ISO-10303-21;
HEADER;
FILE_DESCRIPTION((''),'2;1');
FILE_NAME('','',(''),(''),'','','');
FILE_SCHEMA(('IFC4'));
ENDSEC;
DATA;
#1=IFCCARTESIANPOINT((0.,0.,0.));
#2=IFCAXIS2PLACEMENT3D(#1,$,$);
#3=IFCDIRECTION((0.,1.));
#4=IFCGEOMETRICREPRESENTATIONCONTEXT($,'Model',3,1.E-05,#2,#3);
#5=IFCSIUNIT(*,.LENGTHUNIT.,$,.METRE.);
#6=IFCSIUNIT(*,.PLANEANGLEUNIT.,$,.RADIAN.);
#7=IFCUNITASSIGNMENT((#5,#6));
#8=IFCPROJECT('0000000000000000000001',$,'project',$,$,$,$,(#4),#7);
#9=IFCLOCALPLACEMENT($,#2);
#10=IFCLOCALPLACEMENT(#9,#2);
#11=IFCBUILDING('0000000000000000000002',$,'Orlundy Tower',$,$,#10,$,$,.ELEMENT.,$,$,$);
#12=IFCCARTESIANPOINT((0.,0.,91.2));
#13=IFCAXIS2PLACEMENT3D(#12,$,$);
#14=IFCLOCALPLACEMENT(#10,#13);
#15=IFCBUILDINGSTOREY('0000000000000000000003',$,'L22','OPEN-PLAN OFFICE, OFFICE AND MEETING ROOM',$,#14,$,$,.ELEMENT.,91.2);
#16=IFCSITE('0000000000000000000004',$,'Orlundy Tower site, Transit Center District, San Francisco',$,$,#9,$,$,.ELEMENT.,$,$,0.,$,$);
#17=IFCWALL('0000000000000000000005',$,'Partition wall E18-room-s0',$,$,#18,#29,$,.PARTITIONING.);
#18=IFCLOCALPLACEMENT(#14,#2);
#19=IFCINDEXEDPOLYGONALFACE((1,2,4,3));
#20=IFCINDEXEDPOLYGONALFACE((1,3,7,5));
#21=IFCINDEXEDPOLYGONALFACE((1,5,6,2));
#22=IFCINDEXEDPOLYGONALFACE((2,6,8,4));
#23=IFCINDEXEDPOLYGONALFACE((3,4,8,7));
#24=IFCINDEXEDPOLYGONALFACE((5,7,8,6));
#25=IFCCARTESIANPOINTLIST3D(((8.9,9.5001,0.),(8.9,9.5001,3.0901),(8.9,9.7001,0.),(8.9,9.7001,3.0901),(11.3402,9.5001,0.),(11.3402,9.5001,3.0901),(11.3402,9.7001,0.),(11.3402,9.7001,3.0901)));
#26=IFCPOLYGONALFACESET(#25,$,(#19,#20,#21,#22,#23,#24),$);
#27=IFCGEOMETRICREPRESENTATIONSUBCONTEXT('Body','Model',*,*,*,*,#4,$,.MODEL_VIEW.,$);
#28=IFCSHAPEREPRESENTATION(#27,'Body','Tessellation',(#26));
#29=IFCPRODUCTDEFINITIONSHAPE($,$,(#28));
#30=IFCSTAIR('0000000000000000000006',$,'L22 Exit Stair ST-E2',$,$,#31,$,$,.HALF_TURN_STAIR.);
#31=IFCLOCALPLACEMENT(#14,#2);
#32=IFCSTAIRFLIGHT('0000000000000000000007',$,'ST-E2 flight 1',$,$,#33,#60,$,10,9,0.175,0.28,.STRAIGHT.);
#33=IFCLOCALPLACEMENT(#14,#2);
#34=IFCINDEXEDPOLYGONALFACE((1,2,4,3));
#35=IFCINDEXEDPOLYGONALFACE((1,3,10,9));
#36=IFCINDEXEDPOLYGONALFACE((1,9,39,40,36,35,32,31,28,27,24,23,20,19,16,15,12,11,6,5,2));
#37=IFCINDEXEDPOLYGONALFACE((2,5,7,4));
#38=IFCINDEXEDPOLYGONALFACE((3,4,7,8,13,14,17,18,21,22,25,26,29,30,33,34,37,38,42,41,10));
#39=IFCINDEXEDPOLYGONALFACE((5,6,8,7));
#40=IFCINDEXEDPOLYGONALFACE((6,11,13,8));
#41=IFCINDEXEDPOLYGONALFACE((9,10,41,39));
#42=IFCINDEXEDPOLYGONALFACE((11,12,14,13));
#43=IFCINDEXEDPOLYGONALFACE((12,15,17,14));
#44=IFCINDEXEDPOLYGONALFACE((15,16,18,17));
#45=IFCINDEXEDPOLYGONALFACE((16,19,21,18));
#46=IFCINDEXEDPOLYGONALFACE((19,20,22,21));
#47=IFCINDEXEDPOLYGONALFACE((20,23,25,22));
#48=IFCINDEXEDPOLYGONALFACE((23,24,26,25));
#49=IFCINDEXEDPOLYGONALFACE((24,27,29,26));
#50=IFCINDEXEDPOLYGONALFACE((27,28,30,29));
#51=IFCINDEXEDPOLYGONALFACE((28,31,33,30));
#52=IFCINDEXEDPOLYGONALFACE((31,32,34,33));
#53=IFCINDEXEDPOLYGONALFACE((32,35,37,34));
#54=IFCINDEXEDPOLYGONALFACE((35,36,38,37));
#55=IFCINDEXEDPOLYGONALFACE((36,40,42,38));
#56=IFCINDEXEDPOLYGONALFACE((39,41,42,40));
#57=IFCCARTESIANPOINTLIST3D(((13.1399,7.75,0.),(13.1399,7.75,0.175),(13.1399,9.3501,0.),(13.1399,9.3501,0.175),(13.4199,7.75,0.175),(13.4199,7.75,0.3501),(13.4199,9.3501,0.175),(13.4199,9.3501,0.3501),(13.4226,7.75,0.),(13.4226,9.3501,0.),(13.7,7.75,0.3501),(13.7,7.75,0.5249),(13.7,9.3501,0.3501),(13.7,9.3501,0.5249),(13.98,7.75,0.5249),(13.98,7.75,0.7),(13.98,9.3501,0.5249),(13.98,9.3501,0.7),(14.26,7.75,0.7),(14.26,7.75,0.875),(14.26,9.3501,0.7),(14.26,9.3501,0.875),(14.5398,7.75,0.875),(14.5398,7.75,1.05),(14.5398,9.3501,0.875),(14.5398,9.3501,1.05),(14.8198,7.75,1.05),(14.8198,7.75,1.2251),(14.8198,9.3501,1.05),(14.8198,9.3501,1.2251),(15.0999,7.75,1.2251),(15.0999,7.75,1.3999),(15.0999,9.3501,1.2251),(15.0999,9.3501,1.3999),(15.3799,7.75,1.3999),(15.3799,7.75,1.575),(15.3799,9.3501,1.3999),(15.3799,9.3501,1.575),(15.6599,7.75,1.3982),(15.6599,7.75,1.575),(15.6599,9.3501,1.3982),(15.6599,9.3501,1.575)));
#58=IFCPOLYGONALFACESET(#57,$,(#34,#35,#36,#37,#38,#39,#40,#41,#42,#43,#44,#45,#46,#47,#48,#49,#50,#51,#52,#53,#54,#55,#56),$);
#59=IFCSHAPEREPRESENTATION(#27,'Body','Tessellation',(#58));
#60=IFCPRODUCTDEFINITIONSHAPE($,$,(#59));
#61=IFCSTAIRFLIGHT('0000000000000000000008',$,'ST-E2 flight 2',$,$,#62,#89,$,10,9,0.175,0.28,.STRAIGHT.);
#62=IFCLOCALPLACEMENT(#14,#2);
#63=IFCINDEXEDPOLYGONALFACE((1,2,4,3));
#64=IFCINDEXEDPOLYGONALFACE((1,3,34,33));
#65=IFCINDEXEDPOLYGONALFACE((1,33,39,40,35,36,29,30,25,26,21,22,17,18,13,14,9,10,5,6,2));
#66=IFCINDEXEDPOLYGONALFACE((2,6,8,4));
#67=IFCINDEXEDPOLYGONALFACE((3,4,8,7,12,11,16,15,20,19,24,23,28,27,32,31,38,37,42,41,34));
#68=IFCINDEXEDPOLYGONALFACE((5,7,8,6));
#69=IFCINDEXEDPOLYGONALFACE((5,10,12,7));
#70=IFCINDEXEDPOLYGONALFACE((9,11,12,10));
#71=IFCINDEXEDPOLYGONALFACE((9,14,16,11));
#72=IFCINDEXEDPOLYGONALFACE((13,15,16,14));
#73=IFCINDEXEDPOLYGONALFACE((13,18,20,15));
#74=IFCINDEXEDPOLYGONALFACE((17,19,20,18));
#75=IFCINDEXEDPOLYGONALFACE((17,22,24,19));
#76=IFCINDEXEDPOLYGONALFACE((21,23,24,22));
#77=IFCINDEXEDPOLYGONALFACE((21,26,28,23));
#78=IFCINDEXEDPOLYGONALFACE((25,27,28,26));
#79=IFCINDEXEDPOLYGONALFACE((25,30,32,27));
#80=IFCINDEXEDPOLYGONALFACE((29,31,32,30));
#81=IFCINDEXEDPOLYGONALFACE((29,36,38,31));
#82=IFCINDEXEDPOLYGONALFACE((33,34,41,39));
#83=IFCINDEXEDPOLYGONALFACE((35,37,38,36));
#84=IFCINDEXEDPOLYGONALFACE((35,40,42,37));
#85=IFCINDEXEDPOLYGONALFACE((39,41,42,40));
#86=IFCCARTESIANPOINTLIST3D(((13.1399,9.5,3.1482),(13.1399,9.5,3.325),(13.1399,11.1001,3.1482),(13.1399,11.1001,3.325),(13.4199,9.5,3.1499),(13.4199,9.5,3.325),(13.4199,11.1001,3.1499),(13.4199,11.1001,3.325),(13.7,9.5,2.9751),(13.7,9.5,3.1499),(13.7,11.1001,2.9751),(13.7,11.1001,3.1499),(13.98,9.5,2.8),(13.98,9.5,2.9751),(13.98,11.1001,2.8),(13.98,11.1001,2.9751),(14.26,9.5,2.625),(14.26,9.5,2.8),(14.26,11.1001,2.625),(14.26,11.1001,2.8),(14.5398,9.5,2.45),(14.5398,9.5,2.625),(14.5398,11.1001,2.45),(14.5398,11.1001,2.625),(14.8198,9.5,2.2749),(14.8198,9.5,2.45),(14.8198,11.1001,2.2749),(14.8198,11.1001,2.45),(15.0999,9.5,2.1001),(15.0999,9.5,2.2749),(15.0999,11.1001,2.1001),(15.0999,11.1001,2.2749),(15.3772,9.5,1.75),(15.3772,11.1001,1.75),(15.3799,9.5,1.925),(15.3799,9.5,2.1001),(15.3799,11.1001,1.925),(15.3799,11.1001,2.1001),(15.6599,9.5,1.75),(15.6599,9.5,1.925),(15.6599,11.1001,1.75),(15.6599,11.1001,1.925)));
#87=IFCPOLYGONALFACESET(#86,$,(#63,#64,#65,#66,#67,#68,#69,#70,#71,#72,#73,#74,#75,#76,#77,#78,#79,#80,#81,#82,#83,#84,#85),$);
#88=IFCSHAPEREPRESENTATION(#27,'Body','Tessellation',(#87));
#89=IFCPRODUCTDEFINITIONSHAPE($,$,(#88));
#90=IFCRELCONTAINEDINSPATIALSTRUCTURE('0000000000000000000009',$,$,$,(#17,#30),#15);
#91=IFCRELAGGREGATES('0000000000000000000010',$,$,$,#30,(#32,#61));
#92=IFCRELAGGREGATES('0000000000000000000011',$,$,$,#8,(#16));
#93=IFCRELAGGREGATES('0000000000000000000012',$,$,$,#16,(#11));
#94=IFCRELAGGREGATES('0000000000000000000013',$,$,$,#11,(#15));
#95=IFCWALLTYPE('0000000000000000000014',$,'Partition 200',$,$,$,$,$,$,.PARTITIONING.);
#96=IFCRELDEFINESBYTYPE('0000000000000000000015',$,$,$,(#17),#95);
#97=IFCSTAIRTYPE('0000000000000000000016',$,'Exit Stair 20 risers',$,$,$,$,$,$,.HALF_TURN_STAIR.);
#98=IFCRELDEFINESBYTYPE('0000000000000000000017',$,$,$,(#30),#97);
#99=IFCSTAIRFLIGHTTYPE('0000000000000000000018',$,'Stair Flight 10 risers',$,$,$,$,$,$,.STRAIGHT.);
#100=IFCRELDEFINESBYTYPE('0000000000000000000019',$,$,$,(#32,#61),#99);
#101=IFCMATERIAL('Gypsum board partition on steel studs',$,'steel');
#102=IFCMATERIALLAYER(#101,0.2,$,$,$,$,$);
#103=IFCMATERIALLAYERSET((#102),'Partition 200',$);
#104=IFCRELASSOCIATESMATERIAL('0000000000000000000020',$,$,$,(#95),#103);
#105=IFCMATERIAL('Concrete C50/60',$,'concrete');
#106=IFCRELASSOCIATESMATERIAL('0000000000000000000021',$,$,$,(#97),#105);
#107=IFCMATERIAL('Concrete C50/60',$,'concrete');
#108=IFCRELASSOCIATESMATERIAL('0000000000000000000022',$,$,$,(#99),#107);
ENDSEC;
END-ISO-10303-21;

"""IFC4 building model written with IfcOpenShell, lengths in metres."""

from ifc_helpers import new_model, si_unit, direction, frame, frame_2d, origin, place, context, subcontext, project, spatial, polyline, rectangle, outline, extrude, material, layer, layer_set, type_object, element, aggregate, save


model = new_model("IFC4")

# Units and contexts
model_context = context("Model", 3, precision=1e-05, world=origin(), true_north=direction((0.0, 1.0)))
body_context = subcontext(model_context, "Body", "Model", "MODEL_VIEW")
ifc_project = project(units=[si_unit("LENGTHUNIT", "METRE"), si_unit("PLANEANGLEUNIT", "RADIAN")], contexts=[model_context])

# Site, building, storey
site_placement = place(None, origin())
site = spatial("IfcSite", under=ifc_project, at=site_placement, Name="Orlundy Tower site, Transit Center District, San Francisco", CompositionType="ELEMENT", RefElevation=0.0)
building_placement = place(site_placement, origin())
building = spatial("IfcBuilding", under=site, at=building_placement, Name="Orlundy Tower", CompositionType="ELEMENT")
storey_placement = place(building_placement, frame((0.0, 0.0, 91.2)))
storey = spatial("IfcBuildingStorey", under=building, at=storey_placement, Name="L22", Description="OPEN-PLAN OFFICE, OFFICE AND MEETING ROOM", CompositionType="ELEMENT", Elevation=91.2)

# Wall
ifc_material_1 = material(Name="Gypsum board partition on steel studs", Category="steel")
ifc_layer_1 = layer(ifc_material_1, 0.2)
ifc_layer_set_1 = layer_set([ifc_layer_1], Name="Partition 200")
wall_type_1 = type_object("IfcWallType", Name="Partition 200", PredefinedType="PARTITIONING", material=ifc_layer_set_1)
wall_1_placement = place(storey_placement, frame((8.8999, 9.6001, 0.0), z_axis=(0.0, 0.0, 1.0), x_axis=(1.0, 0.0, 0.0)))
element("IfcWall", 1, at=wall_1_placement, inside=storey, type_object=wall_type_1, Name="Partition wall E18-room-s0", PredefinedType="PARTITIONING", context=body_context, shape_type="SweptSolid", body=[
    extrude(rectangle(XDim=2.4402, YDim=0.2, at=frame_2d((1.2202, 0.0))), origin(), (0.0, 0.0, 1.0), 3.0901),
])

# Stair, stair flights
ifc_material_2 = material(Name="Concrete C50/60", Category="concrete")
stair_type = type_object("IfcStairType", Name="Exit Stair 20 risers", PredefinedType="HALF_TURN_STAIR", material=ifc_material_2)
stair_placement = place(storey_placement, origin())
stair = element("IfcStair", 2, at=stair_placement, inside=storey, type_object=stair_type, Name="L22 Exit Stair ST-E2", PredefinedType="HALF_TURN_STAIR")
ifc_material_3 = material(Name="Concrete C50/60", Category="concrete")
stair_flight_type = type_object("IfcStairFlightType", Name="Stair Flight 10 risers", PredefinedType="STRAIGHT", material=ifc_material_3)
stair_flight_1_placement = place(storey_placement, frame((13.1399, 8.55, 0.0), z_axis=(0.0, 0.0, 1.0), x_axis=(1.0, 0.0, 0.0)))
stair_flight_1 = element("IfcStairFlight", 3, at=stair_flight_1_placement, type_object=stair_flight_type, Name="ST-E2 flight 1", NumberOfRisers=10, NumberOfTreads=9, PredefinedType="STRAIGHT", RiserHeight=0.175, TreadLength=0.28, context=body_context, shape_type="SweptSolid", body=[
    extrude(outline(polyline([(0.0, 0.0), (0.0, 0.175), (0.28, 0.175), (0.28, 0.3501), (0.5601, 0.3501), (0.5601, 0.5249), (0.8401, 0.5249), (0.8401, 0.7), (1.1201, 0.7), (1.1201, 0.875), (1.3999, 0.875), (1.3999, 1.05), (1.6799, 1.05), (1.6799, 1.2251), (1.96, 1.2251), (1.96, 1.3999), (2.24, 1.3999), (2.24, 1.575), (2.52, 1.575), (2.52, 1.75), (2.52, 1.3982), (0.2827, 0.0), (0.0, 0.0)])), frame((0.0, 0.8, 0.0), z_axis=(0.0, -1.0, 0.0), x_axis=(1.0, 0.0, 0.0)), (0.0, 0.0, 1.0), 1.6001),
])
stair_flight_2_placement = place(storey_placement, frame((15.6599, 10.3, 1.75), z_axis=(0.0, 0.0, 1.0), x_axis=(-1.0, 0.0, 0.0)))
stair_flight_2 = element("IfcStairFlight", 4, at=stair_flight_2_placement, type_object=stair_flight_type, Name="ST-E2 flight 2", NumberOfRisers=10, NumberOfTreads=9, PredefinedType="STRAIGHT", RiserHeight=0.175, TreadLength=0.28, context=body_context, shape_type="SweptSolid", body=[
    extrude(outline(polyline([(0.0, 0.0), (0.0, 0.175), (0.28, 0.175), (0.28, 0.3501), (0.5601, 0.3501), (0.5601, 0.5249), (0.8401, 0.5249), (0.8401, 0.7), (1.1201, 0.7), (1.1201, 0.875), (1.3999, 0.875), (1.3999, 1.05), (1.6799, 1.05), (1.6799, 1.2251), (1.96, 1.2251), (1.96, 1.3999), (2.24, 1.3999), (2.24, 1.575), (2.52, 1.575), (2.52, 1.75), (2.52, 1.3982), (0.2827, 0.0), (0.0, 0.0)])), frame((0.0, 0.8, 0.0), z_axis=(0.0, -1.0, 0.0), x_axis=(1.0, 0.0, 0.0)), (0.0, 0.0, 1.0), 1.6001),
])
aggregate(stair, [stair_flight_1, stair_flight_2])

save(model, "model.ifc")
